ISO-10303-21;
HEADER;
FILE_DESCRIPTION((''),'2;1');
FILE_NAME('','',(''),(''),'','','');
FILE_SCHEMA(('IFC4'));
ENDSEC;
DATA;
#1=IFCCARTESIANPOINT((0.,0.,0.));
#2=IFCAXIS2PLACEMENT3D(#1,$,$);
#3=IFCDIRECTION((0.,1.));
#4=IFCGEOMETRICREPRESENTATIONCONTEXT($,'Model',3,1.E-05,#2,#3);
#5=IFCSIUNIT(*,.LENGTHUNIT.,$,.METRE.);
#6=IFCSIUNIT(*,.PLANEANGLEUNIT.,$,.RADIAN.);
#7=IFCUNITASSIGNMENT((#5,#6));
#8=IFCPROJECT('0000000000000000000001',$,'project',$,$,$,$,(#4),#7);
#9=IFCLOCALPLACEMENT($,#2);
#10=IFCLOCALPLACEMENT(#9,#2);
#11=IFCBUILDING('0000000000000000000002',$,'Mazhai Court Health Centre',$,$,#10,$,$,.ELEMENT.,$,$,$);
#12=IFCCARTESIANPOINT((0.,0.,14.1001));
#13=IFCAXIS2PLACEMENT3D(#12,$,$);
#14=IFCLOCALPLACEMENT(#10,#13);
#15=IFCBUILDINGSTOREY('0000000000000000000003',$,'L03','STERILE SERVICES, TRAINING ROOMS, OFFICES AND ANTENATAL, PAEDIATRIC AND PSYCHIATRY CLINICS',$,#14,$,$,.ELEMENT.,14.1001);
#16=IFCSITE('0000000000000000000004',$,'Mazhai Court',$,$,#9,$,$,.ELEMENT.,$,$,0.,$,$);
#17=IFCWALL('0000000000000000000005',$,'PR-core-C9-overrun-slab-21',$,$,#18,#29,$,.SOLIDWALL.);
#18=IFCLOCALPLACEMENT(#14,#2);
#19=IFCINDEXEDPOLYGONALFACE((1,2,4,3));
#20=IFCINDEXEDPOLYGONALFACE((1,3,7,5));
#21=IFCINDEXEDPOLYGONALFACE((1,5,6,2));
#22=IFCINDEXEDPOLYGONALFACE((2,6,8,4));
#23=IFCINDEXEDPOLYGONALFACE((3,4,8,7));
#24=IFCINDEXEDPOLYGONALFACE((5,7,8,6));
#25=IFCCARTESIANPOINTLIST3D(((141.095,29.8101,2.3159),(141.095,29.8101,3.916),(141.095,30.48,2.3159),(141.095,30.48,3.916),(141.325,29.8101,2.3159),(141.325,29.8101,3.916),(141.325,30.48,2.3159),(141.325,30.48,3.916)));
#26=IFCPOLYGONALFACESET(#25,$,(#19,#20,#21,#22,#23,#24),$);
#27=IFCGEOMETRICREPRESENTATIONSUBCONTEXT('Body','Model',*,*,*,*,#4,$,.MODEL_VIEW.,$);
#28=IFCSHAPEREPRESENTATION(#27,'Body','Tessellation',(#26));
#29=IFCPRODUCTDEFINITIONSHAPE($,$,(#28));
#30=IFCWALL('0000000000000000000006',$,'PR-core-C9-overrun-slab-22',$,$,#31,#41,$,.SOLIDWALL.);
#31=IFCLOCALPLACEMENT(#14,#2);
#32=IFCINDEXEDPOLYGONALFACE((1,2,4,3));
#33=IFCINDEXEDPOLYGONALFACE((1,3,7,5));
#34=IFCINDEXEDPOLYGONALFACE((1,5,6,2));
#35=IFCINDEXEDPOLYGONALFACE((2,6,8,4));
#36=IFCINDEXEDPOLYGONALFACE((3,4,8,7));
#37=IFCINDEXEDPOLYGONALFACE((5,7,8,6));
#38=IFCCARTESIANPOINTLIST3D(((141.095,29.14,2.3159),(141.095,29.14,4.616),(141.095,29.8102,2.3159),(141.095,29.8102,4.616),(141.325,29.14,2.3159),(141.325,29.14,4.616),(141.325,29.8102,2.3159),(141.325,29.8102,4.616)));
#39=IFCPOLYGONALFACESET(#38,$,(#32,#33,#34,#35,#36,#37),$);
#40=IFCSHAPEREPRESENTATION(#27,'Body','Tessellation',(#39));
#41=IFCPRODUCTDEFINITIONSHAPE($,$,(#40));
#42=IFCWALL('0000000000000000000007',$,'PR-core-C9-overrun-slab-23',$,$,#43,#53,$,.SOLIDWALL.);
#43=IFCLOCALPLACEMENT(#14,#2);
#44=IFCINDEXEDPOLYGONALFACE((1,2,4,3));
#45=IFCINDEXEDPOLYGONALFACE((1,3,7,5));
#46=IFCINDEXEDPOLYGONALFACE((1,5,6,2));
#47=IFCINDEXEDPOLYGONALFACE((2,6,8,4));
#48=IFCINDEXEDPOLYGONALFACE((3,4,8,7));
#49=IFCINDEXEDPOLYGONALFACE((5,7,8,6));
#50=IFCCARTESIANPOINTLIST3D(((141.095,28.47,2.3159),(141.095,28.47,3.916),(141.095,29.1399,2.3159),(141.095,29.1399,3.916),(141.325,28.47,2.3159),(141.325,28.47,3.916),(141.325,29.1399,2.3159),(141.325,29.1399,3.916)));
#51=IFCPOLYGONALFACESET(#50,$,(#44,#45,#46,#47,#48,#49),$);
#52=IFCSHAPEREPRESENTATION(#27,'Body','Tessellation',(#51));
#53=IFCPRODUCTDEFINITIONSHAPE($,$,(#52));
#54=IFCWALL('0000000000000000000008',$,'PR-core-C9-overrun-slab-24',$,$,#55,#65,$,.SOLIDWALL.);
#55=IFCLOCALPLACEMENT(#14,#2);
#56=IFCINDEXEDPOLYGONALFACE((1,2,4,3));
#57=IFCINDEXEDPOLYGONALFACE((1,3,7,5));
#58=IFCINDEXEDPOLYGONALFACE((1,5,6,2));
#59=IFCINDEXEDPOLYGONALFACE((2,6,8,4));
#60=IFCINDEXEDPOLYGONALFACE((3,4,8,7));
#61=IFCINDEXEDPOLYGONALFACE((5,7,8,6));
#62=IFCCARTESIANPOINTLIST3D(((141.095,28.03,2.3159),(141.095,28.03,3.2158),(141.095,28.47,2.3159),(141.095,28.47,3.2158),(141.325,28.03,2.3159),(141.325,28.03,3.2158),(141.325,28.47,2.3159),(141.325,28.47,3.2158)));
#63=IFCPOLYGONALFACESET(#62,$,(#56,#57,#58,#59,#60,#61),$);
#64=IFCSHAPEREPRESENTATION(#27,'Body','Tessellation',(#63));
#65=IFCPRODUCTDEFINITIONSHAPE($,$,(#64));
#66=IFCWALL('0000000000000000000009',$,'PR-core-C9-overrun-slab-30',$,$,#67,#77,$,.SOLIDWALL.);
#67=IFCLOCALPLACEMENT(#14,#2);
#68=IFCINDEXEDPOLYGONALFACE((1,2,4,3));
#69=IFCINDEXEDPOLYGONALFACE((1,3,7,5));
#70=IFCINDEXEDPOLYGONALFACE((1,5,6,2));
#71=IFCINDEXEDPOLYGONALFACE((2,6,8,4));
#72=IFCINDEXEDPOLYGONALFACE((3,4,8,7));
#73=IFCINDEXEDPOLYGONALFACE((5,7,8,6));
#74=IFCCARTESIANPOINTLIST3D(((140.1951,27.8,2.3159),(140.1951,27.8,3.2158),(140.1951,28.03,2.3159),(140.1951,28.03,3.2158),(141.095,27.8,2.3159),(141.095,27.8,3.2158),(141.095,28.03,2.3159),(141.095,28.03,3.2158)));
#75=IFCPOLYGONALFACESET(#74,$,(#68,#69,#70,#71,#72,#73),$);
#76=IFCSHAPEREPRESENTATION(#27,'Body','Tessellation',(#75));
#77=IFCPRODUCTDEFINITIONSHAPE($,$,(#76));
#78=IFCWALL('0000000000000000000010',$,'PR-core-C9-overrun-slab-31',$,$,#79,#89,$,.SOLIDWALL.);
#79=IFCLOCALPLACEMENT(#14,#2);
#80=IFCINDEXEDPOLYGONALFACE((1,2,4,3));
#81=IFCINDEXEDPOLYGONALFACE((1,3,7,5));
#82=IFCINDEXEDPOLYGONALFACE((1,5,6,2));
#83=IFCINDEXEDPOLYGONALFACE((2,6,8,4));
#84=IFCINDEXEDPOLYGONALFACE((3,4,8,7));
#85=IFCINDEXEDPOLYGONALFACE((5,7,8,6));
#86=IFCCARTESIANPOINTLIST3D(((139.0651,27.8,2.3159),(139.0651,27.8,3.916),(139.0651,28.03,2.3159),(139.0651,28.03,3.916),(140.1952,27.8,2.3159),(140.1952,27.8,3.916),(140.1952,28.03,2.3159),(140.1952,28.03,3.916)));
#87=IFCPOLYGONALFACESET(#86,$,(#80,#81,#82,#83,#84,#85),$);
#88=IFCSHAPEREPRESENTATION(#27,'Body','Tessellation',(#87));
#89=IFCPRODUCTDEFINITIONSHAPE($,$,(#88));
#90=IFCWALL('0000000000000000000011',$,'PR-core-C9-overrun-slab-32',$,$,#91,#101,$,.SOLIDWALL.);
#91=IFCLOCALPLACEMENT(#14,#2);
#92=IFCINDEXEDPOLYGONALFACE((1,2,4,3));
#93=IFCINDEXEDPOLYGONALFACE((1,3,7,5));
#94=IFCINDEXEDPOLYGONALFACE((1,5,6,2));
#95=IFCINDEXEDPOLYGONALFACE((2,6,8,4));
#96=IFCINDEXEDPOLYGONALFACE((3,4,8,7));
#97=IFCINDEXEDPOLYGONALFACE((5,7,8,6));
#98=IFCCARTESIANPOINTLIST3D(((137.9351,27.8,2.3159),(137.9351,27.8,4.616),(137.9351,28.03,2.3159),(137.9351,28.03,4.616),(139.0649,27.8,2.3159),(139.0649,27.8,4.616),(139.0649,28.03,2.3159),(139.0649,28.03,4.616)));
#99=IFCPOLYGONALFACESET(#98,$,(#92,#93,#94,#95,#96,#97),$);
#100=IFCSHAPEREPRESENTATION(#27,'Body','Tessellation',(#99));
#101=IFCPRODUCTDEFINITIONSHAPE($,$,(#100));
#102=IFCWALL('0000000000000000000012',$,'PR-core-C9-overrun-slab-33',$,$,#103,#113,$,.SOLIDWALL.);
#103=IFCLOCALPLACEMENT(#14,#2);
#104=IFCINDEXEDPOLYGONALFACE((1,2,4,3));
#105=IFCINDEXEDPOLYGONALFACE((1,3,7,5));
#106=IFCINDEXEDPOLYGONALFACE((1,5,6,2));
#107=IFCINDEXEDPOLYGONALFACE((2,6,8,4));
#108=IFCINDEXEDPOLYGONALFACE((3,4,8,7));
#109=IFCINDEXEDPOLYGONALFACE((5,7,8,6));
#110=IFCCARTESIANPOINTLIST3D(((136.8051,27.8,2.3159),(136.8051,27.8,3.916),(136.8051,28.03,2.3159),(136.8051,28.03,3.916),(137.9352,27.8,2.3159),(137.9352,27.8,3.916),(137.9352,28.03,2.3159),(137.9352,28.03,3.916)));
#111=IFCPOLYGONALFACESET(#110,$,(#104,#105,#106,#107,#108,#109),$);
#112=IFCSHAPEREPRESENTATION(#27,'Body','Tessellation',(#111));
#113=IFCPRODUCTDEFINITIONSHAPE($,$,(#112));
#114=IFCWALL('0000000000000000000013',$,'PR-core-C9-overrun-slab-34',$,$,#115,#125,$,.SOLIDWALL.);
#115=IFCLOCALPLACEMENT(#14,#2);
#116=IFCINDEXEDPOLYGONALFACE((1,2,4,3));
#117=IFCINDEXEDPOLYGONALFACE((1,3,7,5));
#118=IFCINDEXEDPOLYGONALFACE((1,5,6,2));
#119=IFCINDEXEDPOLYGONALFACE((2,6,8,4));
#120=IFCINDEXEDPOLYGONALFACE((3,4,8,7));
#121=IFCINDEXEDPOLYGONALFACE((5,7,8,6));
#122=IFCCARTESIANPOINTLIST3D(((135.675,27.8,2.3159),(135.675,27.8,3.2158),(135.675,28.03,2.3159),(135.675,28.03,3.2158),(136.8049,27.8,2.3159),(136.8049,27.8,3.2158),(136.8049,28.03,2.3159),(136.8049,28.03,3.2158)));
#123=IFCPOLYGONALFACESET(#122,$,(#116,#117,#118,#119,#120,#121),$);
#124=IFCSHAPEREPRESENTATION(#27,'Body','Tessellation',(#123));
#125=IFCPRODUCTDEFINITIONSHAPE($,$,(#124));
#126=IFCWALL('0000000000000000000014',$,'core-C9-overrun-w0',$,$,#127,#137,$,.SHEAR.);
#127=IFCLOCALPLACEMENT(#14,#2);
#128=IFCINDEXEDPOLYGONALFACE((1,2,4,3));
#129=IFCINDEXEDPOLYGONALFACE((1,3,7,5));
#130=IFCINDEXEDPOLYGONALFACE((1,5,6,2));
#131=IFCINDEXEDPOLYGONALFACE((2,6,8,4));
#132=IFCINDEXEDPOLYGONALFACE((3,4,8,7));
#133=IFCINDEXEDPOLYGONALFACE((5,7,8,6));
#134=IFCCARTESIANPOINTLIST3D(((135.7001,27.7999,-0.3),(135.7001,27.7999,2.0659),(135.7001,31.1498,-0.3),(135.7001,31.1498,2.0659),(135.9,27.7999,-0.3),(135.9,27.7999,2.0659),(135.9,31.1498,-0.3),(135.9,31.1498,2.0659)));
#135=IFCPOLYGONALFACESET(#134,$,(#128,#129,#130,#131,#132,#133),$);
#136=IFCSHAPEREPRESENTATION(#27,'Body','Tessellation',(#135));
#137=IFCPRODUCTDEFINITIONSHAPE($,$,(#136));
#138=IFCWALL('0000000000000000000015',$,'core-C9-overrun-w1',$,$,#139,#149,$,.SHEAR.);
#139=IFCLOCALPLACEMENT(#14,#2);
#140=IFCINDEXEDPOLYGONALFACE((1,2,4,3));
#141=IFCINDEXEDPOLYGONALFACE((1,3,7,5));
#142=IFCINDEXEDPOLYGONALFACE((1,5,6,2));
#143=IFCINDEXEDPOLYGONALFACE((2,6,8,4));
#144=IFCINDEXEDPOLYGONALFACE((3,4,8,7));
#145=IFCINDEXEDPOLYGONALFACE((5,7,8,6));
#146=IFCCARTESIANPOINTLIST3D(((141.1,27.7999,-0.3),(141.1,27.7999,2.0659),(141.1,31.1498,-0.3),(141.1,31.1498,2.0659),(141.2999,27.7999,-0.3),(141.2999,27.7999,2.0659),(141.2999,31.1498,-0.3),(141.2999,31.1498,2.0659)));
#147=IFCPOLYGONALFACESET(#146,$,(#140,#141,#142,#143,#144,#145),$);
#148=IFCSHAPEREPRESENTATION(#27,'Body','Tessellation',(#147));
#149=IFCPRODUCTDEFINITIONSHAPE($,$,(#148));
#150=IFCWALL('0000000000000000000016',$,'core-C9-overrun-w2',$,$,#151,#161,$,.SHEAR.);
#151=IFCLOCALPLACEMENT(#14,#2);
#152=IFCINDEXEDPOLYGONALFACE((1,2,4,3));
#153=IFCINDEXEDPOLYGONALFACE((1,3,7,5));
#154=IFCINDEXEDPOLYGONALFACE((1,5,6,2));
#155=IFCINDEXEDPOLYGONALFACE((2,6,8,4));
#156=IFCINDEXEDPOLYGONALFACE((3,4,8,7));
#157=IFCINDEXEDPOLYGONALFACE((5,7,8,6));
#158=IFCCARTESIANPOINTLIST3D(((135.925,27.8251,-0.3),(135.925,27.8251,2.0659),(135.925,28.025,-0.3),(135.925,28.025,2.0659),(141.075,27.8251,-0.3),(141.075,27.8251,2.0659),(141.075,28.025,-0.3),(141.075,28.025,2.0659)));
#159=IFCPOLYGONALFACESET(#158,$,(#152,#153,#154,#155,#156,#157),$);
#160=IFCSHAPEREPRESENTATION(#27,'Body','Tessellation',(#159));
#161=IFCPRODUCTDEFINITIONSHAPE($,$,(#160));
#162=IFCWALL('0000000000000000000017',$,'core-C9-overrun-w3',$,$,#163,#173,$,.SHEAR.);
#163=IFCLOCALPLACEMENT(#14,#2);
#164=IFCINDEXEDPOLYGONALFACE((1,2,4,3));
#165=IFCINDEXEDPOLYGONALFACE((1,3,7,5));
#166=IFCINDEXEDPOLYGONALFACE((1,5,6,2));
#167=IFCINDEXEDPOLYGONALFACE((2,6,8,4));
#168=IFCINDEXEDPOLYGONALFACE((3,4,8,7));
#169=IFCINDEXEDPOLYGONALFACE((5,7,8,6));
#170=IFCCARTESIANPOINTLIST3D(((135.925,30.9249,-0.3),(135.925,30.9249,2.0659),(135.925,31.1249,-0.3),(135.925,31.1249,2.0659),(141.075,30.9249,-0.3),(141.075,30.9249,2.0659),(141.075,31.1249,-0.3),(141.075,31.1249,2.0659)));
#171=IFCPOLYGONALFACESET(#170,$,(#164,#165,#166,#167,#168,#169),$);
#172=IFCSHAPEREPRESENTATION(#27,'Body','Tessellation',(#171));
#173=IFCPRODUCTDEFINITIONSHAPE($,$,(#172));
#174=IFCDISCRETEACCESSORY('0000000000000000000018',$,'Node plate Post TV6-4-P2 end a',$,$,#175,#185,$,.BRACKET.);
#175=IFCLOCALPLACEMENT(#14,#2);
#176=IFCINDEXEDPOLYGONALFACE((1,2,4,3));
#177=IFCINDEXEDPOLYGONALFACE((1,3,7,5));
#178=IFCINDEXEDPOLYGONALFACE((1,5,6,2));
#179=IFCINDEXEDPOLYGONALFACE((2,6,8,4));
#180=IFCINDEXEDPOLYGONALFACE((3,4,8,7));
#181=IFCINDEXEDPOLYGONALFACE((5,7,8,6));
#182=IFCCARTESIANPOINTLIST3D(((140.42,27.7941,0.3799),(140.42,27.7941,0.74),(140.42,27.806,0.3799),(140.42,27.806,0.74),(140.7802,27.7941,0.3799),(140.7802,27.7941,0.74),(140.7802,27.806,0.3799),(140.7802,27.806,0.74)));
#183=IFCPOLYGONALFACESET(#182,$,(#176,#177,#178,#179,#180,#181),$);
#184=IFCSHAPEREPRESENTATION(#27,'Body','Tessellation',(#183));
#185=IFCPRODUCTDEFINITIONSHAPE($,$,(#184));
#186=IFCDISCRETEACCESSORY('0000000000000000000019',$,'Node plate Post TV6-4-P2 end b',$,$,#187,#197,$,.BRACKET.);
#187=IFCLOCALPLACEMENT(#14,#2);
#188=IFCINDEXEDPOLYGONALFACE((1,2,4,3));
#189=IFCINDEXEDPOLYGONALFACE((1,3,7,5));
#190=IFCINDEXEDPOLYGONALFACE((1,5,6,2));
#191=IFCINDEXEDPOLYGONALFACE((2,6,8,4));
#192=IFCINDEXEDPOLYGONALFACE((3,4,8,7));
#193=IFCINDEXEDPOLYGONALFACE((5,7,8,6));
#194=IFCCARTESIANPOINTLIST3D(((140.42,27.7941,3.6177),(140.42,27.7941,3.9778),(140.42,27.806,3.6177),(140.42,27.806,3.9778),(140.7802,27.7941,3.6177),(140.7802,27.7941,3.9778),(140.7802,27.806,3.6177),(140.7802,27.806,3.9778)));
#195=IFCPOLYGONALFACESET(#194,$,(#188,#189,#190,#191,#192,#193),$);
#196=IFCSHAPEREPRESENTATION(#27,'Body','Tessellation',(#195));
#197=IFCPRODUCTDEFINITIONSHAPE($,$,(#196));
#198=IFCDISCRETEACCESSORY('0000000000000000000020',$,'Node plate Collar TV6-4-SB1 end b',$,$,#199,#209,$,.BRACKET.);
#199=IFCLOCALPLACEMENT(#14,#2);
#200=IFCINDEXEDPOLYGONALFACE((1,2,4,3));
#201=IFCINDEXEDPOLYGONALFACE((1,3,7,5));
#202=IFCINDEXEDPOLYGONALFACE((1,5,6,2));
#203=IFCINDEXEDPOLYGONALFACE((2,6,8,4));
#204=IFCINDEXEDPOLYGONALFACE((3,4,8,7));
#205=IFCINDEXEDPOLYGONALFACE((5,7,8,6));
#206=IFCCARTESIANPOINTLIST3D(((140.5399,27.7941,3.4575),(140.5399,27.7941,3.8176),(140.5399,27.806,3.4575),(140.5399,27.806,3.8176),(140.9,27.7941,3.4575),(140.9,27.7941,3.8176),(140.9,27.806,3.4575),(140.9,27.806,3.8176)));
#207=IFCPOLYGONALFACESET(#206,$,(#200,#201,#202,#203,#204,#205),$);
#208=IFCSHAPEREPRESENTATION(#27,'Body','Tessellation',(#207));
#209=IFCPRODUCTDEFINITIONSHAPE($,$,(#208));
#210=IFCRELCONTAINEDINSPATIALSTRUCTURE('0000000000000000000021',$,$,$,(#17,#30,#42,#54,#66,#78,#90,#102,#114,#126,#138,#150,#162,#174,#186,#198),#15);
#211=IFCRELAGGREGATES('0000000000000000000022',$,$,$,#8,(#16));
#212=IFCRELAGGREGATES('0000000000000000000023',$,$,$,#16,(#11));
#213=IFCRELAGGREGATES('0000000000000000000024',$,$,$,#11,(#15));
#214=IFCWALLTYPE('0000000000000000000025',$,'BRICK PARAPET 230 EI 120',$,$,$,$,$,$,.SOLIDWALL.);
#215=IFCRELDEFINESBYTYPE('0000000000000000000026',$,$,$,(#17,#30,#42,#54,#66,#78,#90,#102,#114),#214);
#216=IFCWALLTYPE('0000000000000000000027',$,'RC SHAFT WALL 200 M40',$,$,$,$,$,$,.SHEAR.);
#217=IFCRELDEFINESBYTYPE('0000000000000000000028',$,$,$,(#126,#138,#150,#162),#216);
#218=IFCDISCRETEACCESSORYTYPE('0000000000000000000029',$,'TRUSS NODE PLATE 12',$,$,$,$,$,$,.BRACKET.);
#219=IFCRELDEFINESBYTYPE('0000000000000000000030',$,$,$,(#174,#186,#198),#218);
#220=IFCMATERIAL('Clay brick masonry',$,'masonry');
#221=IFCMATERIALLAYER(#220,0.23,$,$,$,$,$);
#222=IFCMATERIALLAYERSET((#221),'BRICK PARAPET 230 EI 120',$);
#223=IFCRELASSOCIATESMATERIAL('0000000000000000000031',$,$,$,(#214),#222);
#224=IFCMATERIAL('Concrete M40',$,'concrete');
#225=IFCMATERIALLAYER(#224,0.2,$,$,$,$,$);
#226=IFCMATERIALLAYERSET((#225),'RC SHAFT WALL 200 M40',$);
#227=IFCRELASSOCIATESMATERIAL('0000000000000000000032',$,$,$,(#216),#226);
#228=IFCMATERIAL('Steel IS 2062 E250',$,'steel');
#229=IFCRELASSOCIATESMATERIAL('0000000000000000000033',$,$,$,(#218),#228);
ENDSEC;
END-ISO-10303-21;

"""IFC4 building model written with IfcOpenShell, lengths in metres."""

from ifc_helpers import new_model, si_unit, direction, frame, frame_2d, origin, origin_2d, place, context, subcontext, project, spatial, rectangle, extrude, material, layer, layer_set, type_object, element, save


model = new_model("IFC4")

# Units and contexts
model_context = context("Model", 3, precision=1e-05, world=origin(), true_north=direction((0.0, 1.0)))
body_context = subcontext(model_context, "Body", "Model", "MODEL_VIEW")
ifc_project = project(units=[si_unit("LENGTHUNIT", "METRE"), si_unit("PLANEANGLEUNIT", "RADIAN")], contexts=[model_context])

# Site, building, storey
site_placement = place(None, origin())
site = spatial("IfcSite", under=ifc_project, at=site_placement, Name="Mazhai Court", CompositionType="ELEMENT", RefElevation=0.0)
building_placement = place(site_placement, origin())
building = spatial("IfcBuilding", under=site, at=building_placement, Name="Mazhai Court Health Centre", CompositionType="ELEMENT")
storey_placement = place(building_placement, frame((0.0, 0.0, 14.1001)))
storey = spatial("IfcBuildingStorey", under=building, at=storey_placement, Name="L03", Description="STERILE SERVICES, TRAINING ROOMS, OFFICES AND ANTENATAL, PAEDIATRIC AND PSYCHIATRY CLINICS", CompositionType="ELEMENT", Elevation=14.1001)

# Walls
ifc_material_1 = material(Name="Clay brick masonry", Category="masonry")
ifc_layer_1 = layer(ifc_material_1, 0.23)
ifc_layer_set_1 = layer_set([ifc_layer_1], Name="BRICK PARAPET 230 EI 120")
wall_type_1 = type_object("IfcWallType", Name="BRICK PARAPET 230 EI 120", PredefinedType="SOLIDWALL", material=ifc_layer_set_1)
wall_1_placement = place(storey_placement, frame((141.21, 30.48, 2.3159), z_axis=(0.0, 0.0, 1.0), x_axis=(0.0, -1.0, 0.0)))
element("IfcWall", 1, at=wall_1_placement, inside=storey, type_object=wall_type_1, Name="PR-core-C9-overrun-slab-21", PredefinedType="SOLIDWALL", context=body_context, shape_type="SweptSolid", body=[
    extrude(rectangle(XDim=0.6699, YDim=0.23, at=frame_2d((0.335, 0.0))), origin(), (0.0, 0.0, 1.0), 1.6001),
])
wall_2_placement = place(storey_placement, frame((141.21, 29.8101, 2.3159), z_axis=(0.0, 0.0, 1.0), x_axis=(0.0, -1.0, 0.0)))
element("IfcWall", 2, at=wall_2_placement, inside=storey, type_object=wall_type_1, Name="PR-core-C9-overrun-slab-22", PredefinedType="SOLIDWALL", context=body_context, shape_type="SweptSolid", body=[
    extrude(rectangle(XDim=0.6702, YDim=0.23, at=frame_2d((0.335, 0.0))), origin(), (0.0, 0.0, 1.0), 2.3),
])
wall_3_placement = place(storey_placement, frame((141.21, 29.1399, 2.3159), z_axis=(0.0, 0.0, 1.0), x_axis=(0.0, -1.0, 0.0)))
element("IfcWall", 3, at=wall_3_placement, inside=storey, type_object=wall_type_1, Name="PR-core-C9-overrun-slab-23", PredefinedType="SOLIDWALL", context=body_context, shape_type="SweptSolid", body=[
    extrude(rectangle(XDim=0.6699, YDim=0.23, at=frame_2d((0.335, 0.0))), origin(), (0.0, 0.0, 1.0), 1.6001),
])
wall_4_placement = place(storey_placement, frame((141.21, 28.47, 2.3159), z_axis=(0.0, 0.0, 1.0), x_axis=(0.0, -1.0, 0.0)))
element("IfcWall", 4, at=wall_4_placement, inside=storey, type_object=wall_type_1, Name="PR-core-C9-overrun-slab-24", PredefinedType="SOLIDWALL", context=body_context, shape_type="SweptSolid", body=[
    extrude(rectangle(XDim=0.4399, YDim=0.23, at=frame_2d((0.22, 0.0))), origin(), (0.0, 0.0, 1.0), 0.8999),
])
wall_5_placement = place(storey_placement, frame((141.095, 27.915, 2.3159), z_axis=(0.0, 0.0, 1.0), x_axis=(-1.0, 0.0, 0.0)))
element("IfcWall", 5, at=wall_5_placement, inside=storey, type_object=wall_type_1, Name="PR-core-C9-overrun-slab-30", PredefinedType="SOLIDWALL", context=body_context, shape_type="SweptSolid", body=[
    extrude(rectangle(XDim=0.8999, YDim=0.23, at=frame_2d((0.45, 0.0))), origin(), (0.0, 0.0, 1.0), 0.8999),
])
wall_6_placement = place(storey_placement, frame((140.1951, 27.915, 2.3159), z_axis=(0.0, 0.0, 1.0), x_axis=(-1.0, 0.0, 0.0)))
element("IfcWall", 6, at=wall_6_placement, inside=storey, type_object=wall_type_1, Name="PR-core-C9-overrun-slab-31", PredefinedType="SOLIDWALL", context=body_context, shape_type="SweptSolid", body=[
    extrude(rectangle(XDim=1.1301, YDim=0.23, at=frame_2d((0.5649, 0.0))), origin(), (0.0, 0.0, 1.0), 1.6001),
])
wall_7_placement = place(storey_placement, frame((139.0649, 27.915, 2.3159), z_axis=(0.0, 0.0, 1.0), x_axis=(-1.0, 0.0, 0.0)))
element("IfcWall", 7, at=wall_7_placement, inside=storey, type_object=wall_type_1, Name="PR-core-C9-overrun-slab-32", PredefinedType="SOLIDWALL", context=body_context, shape_type="SweptSolid", body=[
    extrude(rectangle(XDim=1.1299, YDim=0.23, at=frame_2d((0.5649, 0.0))), origin(), (0.0, 0.0, 1.0), 2.3),
])
wall_8_placement = place(storey_placement, frame((137.9351, 27.915, 2.3159), z_axis=(0.0, 0.0, 1.0), x_axis=(-1.0, 0.0, 0.0)))
element("IfcWall", 8, at=wall_8_placement, inside=storey, type_object=wall_type_1, Name="PR-core-C9-overrun-slab-33", PredefinedType="SOLIDWALL", context=body_context, shape_type="SweptSolid", body=[
    extrude(rectangle(XDim=1.1301, YDim=0.23, at=frame_2d((0.5649, 0.0))), origin(), (0.0, 0.0, 1.0), 1.6001),
])
wall_9_placement = place(storey_placement, frame((136.8049, 27.915, 2.3159), z_axis=(0.0, 0.0, 1.0), x_axis=(-1.0, 0.0, 0.0)))
element("IfcWall", 9, at=wall_9_placement, inside=storey, type_object=wall_type_1, Name="PR-core-C9-overrun-slab-34", PredefinedType="SOLIDWALL", context=body_context, shape_type="SweptSolid", body=[
    extrude(rectangle(XDim=1.1299, YDim=0.23, at=frame_2d((0.5649, 0.0))), origin(), (0.0, 0.0, 1.0), 0.8999),
])
ifc_material_2 = material(Name="Concrete M40", Category="concrete")
ifc_layer_2 = layer(ifc_material_2, 0.2)
ifc_layer_set_2 = layer_set([ifc_layer_2], Name="RC SHAFT WALL 200 M40")
wall_type_2 = type_object("IfcWallType", Name="RC SHAFT WALL 200 M40", PredefinedType="SHEAR", material=ifc_layer_set_2)
for number, where, z_axis, x_axis, name in (
    (10, (135.8, 27.8, -0.3), (0.0, 0.0, 1.0), (0.0, 1.0, 0.0), "core-C9-overrun-w0"),
    (11, (141.2, 27.8, -0.3), (0.0, 0.0, 1.0), (0.0, 1.0, 0.0), "core-C9-overrun-w1"),
):
    element("IfcWall", number, at=place(storey_placement, frame(where, z_axis=z_axis, x_axis=x_axis)), inside=storey, type_object=wall_type_2, Name=name, PredefinedType="SHEAR", context=body_context, shape_type="SweptSolid", body=[
        extrude(rectangle(XDim=3.3499, YDim=0.2, at=frame_2d((1.6748, 0.0))), origin(), (0.0, 0.0, 1.0), 2.366),
    ])
for number, where, z_axis, x_axis, name in (
    (12, (135.925, 27.925, -0.3), (0.0, 0.0, 1.0), (1.0, 0.0, 0.0), "core-C9-overrun-w2"),
    (13, (135.925, 31.0249, -0.3), (0.0, 0.0, 1.0), (1.0, 0.0, 0.0), "core-C9-overrun-w3"),
):
    element("IfcWall", number, at=place(storey_placement, frame(where, z_axis=z_axis, x_axis=x_axis)), inside=storey, type_object=wall_type_2, Name=name, PredefinedType="SHEAR", context=body_context, shape_type="SweptSolid", body=[
        extrude(rectangle(XDim=5.1499, YDim=0.2, at=frame_2d((2.575, 0.0))), origin(), (0.0, 0.0, 1.0), 2.366),
    ])

# Discrete accessories
ifc_material_3 = material(Name="Steel IS 2062 E250", Category="steel")
discrete_accessory_type = type_object("IfcDiscreteAccessoryType", Name="TRUSS NODE PLATE 12", PredefinedType="BRACKET", material=ifc_material_3)
for number, where, z_axis, x_axis, name in (
    (14, (140.6001, 27.8, 0.3799), (0.0, 0.0, 1.0), (1.0, 0.0, 0.0), "Node plate Post TV6-4-P2 end a"),
    (15, (140.6001, 27.8, 3.6177), (0.0, 0.0, 1.0), (1.0, 0.0, 0.0), "Node plate Post TV6-4-P2 end b"),
    (16, (140.72, 27.8, 3.4575), (0.0, 0.0, 1.0), (1.0, 0.0, 0.0), "Node plate Collar TV6-4-SB1 end b"),
):
    element("IfcDiscreteAccessory", number, at=place(storey_placement, frame(where, z_axis=z_axis, x_axis=x_axis)), inside=storey, type_object=discrete_accessory_type, Name=name, PredefinedType="BRACKET", context=body_context, shape_type="SweptSolid", body=[
        extrude(rectangle(XDim=0.3601, YDim=0.012, at=origin_2d()), origin(), (0.0, 0.0, 1.0), 0.3601),
    ])

save(model, "model.ifc")
